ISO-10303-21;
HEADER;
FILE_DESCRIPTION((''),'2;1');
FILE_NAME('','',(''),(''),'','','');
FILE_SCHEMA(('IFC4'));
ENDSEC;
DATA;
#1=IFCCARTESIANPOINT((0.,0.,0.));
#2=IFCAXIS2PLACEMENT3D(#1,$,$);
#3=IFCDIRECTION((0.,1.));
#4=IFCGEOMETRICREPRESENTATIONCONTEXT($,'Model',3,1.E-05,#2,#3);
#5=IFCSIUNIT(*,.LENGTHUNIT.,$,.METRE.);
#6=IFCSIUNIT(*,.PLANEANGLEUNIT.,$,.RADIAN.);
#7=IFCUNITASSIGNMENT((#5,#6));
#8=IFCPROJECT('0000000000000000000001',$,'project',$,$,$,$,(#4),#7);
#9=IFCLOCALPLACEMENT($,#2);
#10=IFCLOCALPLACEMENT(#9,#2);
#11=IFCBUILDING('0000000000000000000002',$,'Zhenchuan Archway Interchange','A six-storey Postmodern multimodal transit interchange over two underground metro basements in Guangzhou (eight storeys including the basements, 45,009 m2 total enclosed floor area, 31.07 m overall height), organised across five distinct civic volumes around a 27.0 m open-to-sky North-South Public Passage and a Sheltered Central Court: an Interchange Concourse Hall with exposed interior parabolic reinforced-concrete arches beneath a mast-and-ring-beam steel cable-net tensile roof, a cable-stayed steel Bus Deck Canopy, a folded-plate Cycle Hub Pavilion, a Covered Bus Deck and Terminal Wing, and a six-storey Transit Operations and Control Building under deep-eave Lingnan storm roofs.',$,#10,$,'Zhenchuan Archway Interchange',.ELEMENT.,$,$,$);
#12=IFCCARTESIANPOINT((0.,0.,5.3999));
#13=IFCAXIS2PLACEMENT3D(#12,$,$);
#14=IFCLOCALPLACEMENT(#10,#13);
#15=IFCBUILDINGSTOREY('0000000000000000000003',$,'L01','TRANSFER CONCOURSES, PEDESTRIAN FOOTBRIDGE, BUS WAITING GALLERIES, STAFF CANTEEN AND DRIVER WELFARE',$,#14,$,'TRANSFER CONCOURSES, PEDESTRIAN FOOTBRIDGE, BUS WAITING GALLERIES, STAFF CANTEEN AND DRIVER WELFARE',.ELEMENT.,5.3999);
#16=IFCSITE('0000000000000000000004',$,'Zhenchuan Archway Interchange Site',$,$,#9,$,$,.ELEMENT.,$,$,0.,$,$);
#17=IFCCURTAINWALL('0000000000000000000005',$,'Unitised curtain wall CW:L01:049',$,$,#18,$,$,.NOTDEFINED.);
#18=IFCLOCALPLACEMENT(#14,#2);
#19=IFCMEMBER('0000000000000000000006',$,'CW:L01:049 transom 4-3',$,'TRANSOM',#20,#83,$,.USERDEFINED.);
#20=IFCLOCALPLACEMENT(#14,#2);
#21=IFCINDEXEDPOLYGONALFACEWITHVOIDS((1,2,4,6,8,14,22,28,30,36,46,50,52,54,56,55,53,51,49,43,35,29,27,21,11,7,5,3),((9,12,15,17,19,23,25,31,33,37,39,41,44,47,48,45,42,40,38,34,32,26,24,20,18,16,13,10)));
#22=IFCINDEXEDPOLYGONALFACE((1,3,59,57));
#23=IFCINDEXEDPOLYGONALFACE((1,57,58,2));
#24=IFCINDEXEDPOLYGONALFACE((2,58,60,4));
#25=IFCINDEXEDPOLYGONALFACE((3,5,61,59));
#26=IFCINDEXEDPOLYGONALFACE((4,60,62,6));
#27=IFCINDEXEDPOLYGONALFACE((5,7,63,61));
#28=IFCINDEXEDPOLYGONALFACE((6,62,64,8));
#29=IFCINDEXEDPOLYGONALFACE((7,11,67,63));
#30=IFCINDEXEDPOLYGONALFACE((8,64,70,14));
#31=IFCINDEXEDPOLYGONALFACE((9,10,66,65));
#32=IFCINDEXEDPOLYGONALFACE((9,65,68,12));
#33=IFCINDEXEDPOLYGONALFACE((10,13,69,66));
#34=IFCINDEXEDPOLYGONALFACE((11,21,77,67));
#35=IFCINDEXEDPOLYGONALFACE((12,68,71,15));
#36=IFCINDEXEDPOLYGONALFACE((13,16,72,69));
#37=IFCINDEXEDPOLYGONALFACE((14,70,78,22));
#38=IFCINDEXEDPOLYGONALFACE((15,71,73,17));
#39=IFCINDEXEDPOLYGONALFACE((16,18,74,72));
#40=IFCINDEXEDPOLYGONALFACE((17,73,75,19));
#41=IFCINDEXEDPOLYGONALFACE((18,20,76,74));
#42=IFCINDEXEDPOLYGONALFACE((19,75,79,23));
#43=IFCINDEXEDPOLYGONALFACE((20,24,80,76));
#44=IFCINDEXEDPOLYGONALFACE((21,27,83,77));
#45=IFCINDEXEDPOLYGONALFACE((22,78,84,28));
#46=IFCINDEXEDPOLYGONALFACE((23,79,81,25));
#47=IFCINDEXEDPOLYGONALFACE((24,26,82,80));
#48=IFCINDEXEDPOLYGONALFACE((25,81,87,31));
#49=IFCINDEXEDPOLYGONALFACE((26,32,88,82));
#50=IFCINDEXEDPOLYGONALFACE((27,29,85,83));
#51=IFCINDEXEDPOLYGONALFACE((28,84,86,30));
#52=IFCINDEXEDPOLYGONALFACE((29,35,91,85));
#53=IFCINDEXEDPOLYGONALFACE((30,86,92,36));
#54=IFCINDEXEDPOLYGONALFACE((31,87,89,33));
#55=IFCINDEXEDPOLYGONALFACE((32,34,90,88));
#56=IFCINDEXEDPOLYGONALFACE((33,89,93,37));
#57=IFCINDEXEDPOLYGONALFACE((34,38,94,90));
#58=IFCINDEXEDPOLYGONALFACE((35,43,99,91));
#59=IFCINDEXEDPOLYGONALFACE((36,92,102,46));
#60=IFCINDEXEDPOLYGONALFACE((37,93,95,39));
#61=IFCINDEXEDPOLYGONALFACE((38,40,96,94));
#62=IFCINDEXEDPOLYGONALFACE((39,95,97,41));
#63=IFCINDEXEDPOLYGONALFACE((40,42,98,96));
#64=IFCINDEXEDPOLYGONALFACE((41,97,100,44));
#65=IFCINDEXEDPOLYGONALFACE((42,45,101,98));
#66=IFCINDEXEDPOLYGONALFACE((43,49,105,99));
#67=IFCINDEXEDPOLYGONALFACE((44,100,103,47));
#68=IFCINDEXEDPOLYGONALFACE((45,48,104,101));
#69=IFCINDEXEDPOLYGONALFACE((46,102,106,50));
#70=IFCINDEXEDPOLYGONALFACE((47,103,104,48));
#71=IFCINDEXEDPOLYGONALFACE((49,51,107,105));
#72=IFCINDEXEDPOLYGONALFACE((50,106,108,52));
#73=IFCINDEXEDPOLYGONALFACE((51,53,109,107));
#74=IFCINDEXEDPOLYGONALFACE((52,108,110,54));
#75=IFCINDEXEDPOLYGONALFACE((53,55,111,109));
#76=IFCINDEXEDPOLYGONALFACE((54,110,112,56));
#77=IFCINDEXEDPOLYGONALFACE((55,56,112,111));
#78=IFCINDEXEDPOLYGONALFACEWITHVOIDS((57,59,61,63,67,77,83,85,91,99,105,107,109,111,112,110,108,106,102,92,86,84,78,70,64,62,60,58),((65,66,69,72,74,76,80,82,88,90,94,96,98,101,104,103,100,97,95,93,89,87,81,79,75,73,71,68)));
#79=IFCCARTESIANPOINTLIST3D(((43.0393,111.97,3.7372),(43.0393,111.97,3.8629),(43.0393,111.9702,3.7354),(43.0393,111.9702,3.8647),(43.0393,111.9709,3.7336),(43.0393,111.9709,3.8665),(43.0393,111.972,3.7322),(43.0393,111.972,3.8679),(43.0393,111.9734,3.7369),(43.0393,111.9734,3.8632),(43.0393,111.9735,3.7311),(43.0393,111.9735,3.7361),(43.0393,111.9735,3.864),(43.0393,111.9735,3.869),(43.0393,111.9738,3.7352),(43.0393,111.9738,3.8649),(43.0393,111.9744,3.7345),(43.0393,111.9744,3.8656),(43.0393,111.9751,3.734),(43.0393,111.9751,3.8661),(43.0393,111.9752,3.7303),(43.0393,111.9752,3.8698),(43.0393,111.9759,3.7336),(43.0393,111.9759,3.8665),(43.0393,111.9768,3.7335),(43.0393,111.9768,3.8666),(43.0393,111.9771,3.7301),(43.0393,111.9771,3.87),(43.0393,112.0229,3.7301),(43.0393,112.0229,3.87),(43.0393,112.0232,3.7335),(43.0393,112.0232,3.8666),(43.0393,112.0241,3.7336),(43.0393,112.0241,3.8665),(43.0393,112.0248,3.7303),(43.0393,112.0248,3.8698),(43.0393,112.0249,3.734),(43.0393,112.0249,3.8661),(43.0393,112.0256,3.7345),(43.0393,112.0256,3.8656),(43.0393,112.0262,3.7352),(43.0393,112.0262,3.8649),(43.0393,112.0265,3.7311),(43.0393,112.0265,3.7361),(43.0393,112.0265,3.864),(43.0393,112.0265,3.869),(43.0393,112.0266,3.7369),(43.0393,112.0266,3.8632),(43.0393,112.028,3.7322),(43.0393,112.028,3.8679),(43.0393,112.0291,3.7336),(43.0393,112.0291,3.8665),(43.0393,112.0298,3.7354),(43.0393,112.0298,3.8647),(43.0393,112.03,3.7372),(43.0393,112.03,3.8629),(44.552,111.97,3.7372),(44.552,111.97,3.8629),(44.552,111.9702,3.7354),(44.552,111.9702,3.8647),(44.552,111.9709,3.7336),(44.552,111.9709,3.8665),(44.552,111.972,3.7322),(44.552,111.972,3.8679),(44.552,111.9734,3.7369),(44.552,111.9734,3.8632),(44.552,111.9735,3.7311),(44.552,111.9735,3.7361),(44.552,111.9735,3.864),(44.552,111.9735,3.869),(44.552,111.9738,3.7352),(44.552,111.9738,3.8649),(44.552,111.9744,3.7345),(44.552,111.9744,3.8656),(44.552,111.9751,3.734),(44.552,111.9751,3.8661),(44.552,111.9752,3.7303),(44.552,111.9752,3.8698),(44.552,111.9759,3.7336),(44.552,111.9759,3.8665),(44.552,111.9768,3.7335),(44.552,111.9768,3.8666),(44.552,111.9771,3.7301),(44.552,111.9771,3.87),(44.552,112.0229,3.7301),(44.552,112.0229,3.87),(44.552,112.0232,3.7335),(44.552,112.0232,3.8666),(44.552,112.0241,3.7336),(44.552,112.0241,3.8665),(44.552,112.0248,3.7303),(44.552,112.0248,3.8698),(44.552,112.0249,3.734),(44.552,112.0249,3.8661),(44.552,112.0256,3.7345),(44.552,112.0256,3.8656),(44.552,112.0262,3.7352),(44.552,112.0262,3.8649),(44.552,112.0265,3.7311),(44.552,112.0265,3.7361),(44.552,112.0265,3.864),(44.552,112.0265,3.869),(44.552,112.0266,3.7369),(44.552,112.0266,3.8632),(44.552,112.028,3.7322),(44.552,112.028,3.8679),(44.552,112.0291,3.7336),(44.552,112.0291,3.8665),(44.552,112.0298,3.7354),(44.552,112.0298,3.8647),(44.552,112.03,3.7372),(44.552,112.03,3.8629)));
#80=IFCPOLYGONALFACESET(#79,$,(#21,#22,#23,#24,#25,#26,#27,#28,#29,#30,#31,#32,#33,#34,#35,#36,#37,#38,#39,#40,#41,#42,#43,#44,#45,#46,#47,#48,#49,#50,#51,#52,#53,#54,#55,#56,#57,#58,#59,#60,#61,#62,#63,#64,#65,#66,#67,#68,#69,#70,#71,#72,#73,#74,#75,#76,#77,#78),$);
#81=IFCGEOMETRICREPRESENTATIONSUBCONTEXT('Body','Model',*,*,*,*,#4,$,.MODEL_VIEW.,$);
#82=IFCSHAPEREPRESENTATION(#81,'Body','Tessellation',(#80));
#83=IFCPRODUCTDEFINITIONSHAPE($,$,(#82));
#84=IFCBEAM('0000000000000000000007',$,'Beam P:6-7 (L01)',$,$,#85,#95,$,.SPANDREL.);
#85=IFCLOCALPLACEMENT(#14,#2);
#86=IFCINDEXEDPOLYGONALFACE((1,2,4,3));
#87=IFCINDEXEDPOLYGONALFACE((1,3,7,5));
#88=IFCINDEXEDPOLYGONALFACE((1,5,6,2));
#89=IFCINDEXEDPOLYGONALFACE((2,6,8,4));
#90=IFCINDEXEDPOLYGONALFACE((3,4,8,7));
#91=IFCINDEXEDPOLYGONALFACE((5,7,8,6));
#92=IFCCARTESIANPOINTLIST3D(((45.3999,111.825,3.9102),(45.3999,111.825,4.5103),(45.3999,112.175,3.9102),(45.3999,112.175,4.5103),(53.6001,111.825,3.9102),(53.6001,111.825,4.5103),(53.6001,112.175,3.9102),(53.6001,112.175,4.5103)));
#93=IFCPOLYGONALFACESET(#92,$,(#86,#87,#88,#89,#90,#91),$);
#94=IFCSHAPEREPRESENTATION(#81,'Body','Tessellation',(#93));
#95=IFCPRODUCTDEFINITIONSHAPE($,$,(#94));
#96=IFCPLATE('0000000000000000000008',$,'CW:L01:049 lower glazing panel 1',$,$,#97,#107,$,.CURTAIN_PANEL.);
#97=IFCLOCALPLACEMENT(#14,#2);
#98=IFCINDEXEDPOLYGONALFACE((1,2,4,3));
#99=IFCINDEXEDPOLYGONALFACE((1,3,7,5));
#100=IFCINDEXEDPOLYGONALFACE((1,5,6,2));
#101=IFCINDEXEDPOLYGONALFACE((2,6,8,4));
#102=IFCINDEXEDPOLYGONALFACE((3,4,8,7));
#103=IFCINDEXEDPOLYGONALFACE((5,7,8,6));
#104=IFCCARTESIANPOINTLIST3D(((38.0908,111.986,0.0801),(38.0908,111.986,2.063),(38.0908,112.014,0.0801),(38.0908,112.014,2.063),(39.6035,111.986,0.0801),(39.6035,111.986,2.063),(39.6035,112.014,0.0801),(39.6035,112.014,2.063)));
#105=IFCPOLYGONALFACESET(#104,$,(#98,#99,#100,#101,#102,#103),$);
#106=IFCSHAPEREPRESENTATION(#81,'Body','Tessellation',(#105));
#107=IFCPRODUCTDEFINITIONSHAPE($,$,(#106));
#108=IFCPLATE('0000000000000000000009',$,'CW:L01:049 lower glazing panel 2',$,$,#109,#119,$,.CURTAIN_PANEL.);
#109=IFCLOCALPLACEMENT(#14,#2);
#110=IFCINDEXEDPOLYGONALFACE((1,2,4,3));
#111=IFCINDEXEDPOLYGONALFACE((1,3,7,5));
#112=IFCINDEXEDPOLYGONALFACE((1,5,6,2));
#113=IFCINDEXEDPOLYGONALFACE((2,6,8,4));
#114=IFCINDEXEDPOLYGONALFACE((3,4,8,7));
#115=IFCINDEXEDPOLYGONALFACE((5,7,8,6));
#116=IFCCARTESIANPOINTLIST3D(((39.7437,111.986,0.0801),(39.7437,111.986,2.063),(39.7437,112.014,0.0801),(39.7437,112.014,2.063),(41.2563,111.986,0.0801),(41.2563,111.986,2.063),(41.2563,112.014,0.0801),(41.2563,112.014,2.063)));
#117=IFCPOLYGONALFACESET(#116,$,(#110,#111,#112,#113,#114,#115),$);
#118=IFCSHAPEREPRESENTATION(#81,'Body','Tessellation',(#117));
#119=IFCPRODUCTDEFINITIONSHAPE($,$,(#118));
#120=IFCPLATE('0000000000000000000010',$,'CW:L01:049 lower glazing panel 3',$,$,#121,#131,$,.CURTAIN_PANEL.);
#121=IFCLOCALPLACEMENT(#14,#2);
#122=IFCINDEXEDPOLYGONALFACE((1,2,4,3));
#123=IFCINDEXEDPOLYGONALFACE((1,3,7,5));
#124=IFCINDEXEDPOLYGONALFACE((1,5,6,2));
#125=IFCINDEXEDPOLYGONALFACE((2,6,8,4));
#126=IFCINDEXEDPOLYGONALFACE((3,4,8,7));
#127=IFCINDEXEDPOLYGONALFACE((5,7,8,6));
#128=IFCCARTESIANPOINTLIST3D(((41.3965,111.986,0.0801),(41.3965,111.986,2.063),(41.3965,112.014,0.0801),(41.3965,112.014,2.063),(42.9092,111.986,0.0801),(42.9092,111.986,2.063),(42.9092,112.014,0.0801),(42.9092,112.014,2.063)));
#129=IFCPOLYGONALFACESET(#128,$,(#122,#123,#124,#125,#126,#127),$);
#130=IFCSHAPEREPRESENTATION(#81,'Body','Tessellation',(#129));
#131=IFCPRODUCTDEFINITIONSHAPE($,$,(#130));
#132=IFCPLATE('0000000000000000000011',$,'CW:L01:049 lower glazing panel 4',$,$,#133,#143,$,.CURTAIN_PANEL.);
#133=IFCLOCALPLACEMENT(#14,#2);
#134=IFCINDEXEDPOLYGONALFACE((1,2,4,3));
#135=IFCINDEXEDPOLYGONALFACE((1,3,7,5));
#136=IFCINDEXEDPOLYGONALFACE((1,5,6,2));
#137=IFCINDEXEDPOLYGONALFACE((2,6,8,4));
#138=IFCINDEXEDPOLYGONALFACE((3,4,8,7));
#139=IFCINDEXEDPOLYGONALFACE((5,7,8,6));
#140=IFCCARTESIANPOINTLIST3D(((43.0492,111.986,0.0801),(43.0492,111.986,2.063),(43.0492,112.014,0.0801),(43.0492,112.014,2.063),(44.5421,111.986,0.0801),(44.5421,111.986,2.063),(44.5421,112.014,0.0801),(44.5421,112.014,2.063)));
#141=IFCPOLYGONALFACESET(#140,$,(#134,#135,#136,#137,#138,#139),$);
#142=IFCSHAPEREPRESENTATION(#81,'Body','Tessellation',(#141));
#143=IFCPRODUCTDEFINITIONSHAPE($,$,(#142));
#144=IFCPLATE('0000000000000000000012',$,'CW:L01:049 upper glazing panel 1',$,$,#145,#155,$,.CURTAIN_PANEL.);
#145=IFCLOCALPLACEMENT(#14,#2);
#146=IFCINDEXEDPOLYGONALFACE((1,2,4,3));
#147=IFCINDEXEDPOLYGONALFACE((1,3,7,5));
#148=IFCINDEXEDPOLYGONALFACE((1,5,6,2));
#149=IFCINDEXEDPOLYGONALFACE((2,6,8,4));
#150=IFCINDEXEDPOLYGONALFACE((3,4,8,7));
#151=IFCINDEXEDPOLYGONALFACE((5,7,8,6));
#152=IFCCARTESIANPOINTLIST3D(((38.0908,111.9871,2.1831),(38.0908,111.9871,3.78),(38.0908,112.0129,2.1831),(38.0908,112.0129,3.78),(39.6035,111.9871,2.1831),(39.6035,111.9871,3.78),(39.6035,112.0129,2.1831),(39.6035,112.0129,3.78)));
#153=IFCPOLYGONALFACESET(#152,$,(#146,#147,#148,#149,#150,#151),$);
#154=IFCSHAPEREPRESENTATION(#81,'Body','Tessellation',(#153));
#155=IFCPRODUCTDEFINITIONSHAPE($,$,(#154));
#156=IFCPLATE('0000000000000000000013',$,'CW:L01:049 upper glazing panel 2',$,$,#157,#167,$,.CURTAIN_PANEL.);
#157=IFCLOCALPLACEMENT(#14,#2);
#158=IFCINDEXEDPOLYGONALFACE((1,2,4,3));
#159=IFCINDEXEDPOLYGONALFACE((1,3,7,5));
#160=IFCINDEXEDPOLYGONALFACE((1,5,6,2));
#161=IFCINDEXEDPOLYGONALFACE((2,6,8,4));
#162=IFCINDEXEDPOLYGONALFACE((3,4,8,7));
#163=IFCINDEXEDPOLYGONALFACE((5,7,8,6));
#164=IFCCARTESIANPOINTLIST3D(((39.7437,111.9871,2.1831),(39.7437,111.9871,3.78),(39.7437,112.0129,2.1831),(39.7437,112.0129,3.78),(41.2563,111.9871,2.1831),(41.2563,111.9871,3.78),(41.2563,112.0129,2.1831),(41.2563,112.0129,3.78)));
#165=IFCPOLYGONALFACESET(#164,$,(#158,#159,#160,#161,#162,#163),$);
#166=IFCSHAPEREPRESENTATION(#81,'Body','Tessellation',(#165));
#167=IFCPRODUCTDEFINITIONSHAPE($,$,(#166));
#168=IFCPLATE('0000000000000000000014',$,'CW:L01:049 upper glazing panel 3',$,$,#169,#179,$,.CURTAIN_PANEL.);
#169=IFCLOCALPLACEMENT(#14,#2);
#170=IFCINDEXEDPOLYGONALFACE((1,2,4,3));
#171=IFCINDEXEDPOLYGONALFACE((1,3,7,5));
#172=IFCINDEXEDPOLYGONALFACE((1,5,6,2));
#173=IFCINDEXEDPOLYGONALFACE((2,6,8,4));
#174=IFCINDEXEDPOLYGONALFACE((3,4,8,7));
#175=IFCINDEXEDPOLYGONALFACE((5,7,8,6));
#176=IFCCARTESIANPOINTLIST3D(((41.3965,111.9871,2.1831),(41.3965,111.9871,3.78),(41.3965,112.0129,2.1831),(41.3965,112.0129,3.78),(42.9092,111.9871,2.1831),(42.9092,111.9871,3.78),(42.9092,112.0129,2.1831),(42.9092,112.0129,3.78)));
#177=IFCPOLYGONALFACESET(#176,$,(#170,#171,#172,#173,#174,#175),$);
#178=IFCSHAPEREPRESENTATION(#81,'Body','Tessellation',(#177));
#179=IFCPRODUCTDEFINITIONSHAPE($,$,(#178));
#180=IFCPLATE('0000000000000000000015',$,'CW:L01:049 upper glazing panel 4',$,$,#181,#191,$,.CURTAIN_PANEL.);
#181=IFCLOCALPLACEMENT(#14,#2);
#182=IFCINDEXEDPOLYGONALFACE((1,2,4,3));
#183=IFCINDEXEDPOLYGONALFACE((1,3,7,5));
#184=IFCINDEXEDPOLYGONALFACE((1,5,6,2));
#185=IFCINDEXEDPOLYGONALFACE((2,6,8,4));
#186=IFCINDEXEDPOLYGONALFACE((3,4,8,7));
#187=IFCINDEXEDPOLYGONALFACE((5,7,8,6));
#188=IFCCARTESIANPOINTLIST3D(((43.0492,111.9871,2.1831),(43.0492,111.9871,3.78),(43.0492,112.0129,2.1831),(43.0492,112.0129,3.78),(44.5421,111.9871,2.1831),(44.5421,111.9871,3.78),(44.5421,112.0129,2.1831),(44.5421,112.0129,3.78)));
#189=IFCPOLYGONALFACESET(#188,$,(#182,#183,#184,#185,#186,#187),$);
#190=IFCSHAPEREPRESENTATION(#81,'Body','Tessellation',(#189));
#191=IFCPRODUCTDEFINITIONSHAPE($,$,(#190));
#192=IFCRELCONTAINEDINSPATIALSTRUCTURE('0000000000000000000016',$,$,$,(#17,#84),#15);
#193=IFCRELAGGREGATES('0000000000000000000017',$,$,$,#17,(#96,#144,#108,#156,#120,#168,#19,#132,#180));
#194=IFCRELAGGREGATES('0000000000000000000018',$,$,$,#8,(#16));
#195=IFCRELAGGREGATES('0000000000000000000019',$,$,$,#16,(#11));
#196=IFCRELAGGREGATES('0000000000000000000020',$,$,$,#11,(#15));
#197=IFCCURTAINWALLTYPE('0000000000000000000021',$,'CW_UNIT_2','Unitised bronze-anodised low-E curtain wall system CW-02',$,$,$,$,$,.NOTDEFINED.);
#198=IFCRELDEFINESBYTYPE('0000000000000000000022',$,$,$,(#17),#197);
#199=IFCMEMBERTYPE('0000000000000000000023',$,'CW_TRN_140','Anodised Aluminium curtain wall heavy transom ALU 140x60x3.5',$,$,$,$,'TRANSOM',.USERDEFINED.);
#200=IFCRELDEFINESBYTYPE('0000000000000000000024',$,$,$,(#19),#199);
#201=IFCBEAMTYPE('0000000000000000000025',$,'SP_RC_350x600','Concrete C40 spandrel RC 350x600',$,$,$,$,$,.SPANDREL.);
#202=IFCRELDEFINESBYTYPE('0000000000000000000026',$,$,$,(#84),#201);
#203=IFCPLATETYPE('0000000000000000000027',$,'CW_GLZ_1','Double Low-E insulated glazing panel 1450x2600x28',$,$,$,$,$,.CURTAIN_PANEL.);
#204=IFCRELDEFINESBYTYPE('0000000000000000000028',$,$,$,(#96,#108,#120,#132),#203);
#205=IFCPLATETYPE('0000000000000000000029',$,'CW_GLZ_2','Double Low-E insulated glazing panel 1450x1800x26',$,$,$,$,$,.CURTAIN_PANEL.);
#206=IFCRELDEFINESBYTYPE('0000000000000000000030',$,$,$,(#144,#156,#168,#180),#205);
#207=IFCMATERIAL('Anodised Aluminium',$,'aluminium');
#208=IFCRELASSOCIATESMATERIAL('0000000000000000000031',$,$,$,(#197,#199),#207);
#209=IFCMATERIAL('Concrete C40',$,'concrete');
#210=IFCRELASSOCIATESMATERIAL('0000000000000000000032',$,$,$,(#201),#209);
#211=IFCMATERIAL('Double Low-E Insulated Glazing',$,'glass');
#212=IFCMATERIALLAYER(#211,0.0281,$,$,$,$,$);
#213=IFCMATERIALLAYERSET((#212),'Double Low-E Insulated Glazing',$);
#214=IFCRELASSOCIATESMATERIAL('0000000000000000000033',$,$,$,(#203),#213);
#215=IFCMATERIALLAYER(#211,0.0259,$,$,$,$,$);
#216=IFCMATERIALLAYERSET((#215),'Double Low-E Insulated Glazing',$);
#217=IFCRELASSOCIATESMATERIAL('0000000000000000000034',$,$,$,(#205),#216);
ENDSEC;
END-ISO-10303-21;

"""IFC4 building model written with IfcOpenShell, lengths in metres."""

from ifc_helpers import new_model, si_unit, direction, frame, origin, origin_2d, place, context, subcontext, project, spatial, rectangle, hollow_rectangle, extrude, material, layer, layer_set, material_profile, profile_set, type_object, element, aggregate, save


model = new_model("IFC4")

# Units and contexts
model_context = context("Model", 3, precision=1e-05, world=origin(), true_north=direction((0.0, 1.0)))
body_context = subcontext(model_context, "Body", "Model", "MODEL_VIEW")
ifc_project = project(units=[si_unit("LENGTHUNIT", "METRE"), si_unit("PLANEANGLEUNIT", "RADIAN")], contexts=[model_context])

# Site, building, storey
site_placement = place(None, origin())
site = spatial("IfcSite", under=ifc_project, at=site_placement, Name="Zhenchuan Archway Interchange Site", CompositionType="ELEMENT", RefElevation=0.0)
building_placement = place(site_placement, origin())
building = spatial("IfcBuilding", under=site, at=building_placement, Name="Zhenchuan Archway Interchange", Description="A six-storey Postmodern multimodal transit interchange over two underground metro basements in Guangzhou (eight storeys including the basements, 45,009 m2 total enclosed floor area, 31.07 m overall height), organised across five distinct civic volumes around a 27.0 m open-to-sky North-South Public Passage and a Sheltered Central Court: an Interchange Concourse Hall with exposed interior parabolic reinforced-concrete arches beneath a mast-and-ring-beam steel cable-net tensile roof, a cable-stayed steel Bus Deck Canopy, a folded-plate Cycle Hub Pavilion, a Covered Bus Deck and Terminal Wing, and a six-storey Transit Operations and Control Building under deep-eave Lingnan storm roofs.", LongName="Zhenchuan Archway Interchange", CompositionType="ELEMENT")
storey_placement = place(building_placement, frame((0.0, 0.0, 5.3999)))
storey = spatial("IfcBuildingStorey", under=building, at=storey_placement, Name="L01", Description="TRANSFER CONCOURSES, PEDESTRIAN FOOTBRIDGE, BUS WAITING GALLERIES, STAFF CANTEEN AND DRIVER WELFARE", LongName="TRANSFER CONCOURSES, PEDESTRIAN FOOTBRIDGE, BUS WAITING GALLERIES, STAFF CANTEEN AND DRIVER WELFARE", CompositionType="ELEMENT", Elevation=5.3999)

# Shared definitions
ifc_material_1 = material(Name="Concrete C40", Category="concrete")

# Curtain wall, member
ifc_material_2 = material(Name="Anodised Aluminium", Category="aluminium")
curtain_wall_type_1 = type_object("IfcCurtainWallType", Name="CW_UNIT_2", Description="Unitised bronze-anodised low-E curtain wall system CW-02", PredefinedType="NOTDEFINED", material=ifc_material_2)
curtain_wall_1_placement = place(storey_placement, origin())
curtain_wall_1 = element("IfcCurtainWall", 1, at=curtain_wall_1_placement, inside=storey, type_object=curtain_wall_type_1, Name="Unitised curtain wall CW:L01:049", PredefinedType="NOTDEFINED")
ifc_material_profile_1 = material_profile(ifc_material_2, hollow_rectangle(XDim=0.0601, YDim=0.1399, WallThickness=0.0034, InnerFilletRadius=0.0034, OuterFilletRadius=0.0071, at=origin_2d()), Name="ALU 140x60x3.5")
ifc_profile_set_1 = profile_set([ifc_material_profile_1], Name="Anodised Aluminium")
member_type_1 = type_object("IfcMemberType", Name="CW_TRN_140", Description="Anodised Aluminium curtain wall heavy transom ALU 140x60x3.5", ElementType="TRANSOM", PredefinedType="USERDEFINED", material=ifc_profile_set_1)
member_1_placement = place(storey_placement, frame((43.0393, 112.0, 3.8), z_axis=(1.0, 0.0, 0.0), x_axis=(0.0, 1.0, 0.0)))
member_1 = element("IfcMember", 2, at=member_1_placement, type_object=member_type_1, Name="CW:L01:049 transom 4-3", ObjectType="TRANSOM", PredefinedType="USERDEFINED", context=body_context, shape_type="SweptSolid", body=[
    extrude(hollow_rectangle(XDim=0.0601, YDim=0.1399, WallThickness=0.0034, InnerFilletRadius=0.0034, OuterFilletRadius=0.0071, at=origin_2d()), origin(), (0.0, 0.0, 1.0), 1.5127),
])

# Beam
ifc_material_profile_2 = material_profile(ifc_material_1, rectangle(XDim=0.3501, YDim=0.6001, at=origin_2d()), Name="RC 350x600")
ifc_profile_set_2 = profile_set([ifc_material_profile_2], Name="Concrete C40")
beam_type = type_object("IfcBeamType", Name="SP_RC_350x600", Description="Concrete C40 spandrel RC 350x600", PredefinedType="SPANDREL", material=ifc_profile_set_2)
beam_placement = place(storey_placement, frame((45.3999, 112.0, 4.2102), z_axis=(1.0, 0.0, 0.0), x_axis=(0.0, 1.0, 0.0)))
element("IfcBeam", 3, at=beam_placement, inside=storey, type_object=beam_type, Name="Beam P:6-7 (L01)", PredefinedType="SPANDREL", context=body_context, shape_type="SweptSolid", body=[
    extrude(rectangle(XDim=0.3501, YDim=0.6001, at=origin_2d()), origin(), (0.0, 0.0, 1.0), 8.2002),
])

# Plates
ifc_material_3 = material(Name="Double Low-E Insulated Glazing", Category="glass")
ifc_layer_1 = layer(ifc_material_3, 0.0281)
ifc_layer_set_1 = layer_set([ifc_layer_1], Name="Double Low-E Insulated Glazing")
plate_type_1 = type_object("IfcPlateType", Name="CW_GLZ_1", Description="Double Low-E insulated glazing panel 1450x2600x28", PredefinedType="CURTAIN_PANEL", material=ifc_layer_set_1)
plate_1_placement = place(storey_placement, frame((38.8472, 112.0, 0.0801), z_axis=(0.0, 0.0, 1.0), x_axis=(1.0, 0.0, 0.0)))
plate_1 = element("IfcPlate", 4, at=plate_1_placement, type_object=plate_type_1, Name="CW:L01:049 lower glazing panel 1", PredefinedType="CURTAIN_PANEL", context=body_context, shape_type="SweptSolid", body=[
    extrude(rectangle(XDim=1.5127, YDim=0.0281, at=origin_2d()), origin(), (0.0, 0.0, 1.0), 1.9829),
])
plate_2_placement = place(storey_placement, frame((40.5, 112.0, 0.0801), z_axis=(0.0, 0.0, 1.0), x_axis=(1.0, 0.0, 0.0)))
plate_2 = element("IfcPlate", 5, at=plate_2_placement, type_object=plate_type_1, Name="CW:L01:049 lower glazing panel 2", PredefinedType="CURTAIN_PANEL", context=body_context, shape_type="SweptSolid", body=[
    extrude(rectangle(XDim=1.5127, YDim=0.0281, at=origin_2d()), origin(), (0.0, 0.0, 1.0), 1.9829),
])
plate_3_placement = place(storey_placement, frame((42.1528, 112.0, 0.0801), z_axis=(0.0, 0.0, 1.0), x_axis=(1.0, 0.0, 0.0)))
plate_3 = element("IfcPlate", 6, at=plate_3_placement, type_object=plate_type_1, Name="CW:L01:049 lower glazing panel 3", PredefinedType="CURTAIN_PANEL", context=body_context, shape_type="SweptSolid", body=[
    extrude(rectangle(XDim=1.5127, YDim=0.0281, at=origin_2d()), origin(), (0.0, 0.0, 1.0), 1.9829),
])
plate_4_placement = place(storey_placement, frame((43.7957, 112.0, 0.0801), z_axis=(0.0, 0.0, 1.0), x_axis=(1.0, 0.0, 0.0)))
plate_4 = element("IfcPlate", 7, at=plate_4_placement, type_object=plate_type_1, Name="CW:L01:049 lower glazing panel 4", PredefinedType="CURTAIN_PANEL", context=body_context, shape_type="SweptSolid", body=[
    extrude(rectangle(XDim=1.4929, YDim=0.0281, at=origin_2d()), origin(), (0.0, 0.0, 1.0), 1.9829),
])
ifc_layer_2 = layer(ifc_material_3, 0.0259)
ifc_layer_set_2 = layer_set([ifc_layer_2], Name="Double Low-E Insulated Glazing")
plate_type_2 = type_object("IfcPlateType", Name="CW_GLZ_2", Description="Double Low-E insulated glazing panel 1450x1800x26", PredefinedType="CURTAIN_PANEL", material=ifc_layer_set_2)
plate_5_placement = place(storey_placement, frame((38.8472, 112.0, 2.1831), z_axis=(0.0, 0.0, 1.0), x_axis=(1.0, 0.0, 0.0)))
plate_5 = element("IfcPlate", 8, at=plate_5_placement, type_object=plate_type_2, Name="CW:L01:049 upper glazing panel 1", PredefinedType="CURTAIN_PANEL", context=body_context, shape_type="SweptSolid", body=[
    extrude(rectangle(XDim=1.5127, YDim=0.0259, at=origin_2d()), origin(), (0.0, 0.0, 1.0), 1.5969),
])
plate_6_placement = place(storey_placement, frame((40.5, 112.0, 2.1831), z_axis=(0.0, 0.0, 1.0), x_axis=(1.0, 0.0, 0.0)))
plate_6 = element("IfcPlate", 9, at=plate_6_placement, type_object=plate_type_2, Name="CW:L01:049 upper glazing panel 2", PredefinedType="CURTAIN_PANEL", context=body_context, shape_type="SweptSolid", body=[
    extrude(rectangle(XDim=1.5127, YDim=0.0259, at=origin_2d()), origin(), (0.0, 0.0, 1.0), 1.5969),
])
plate_7_placement = place(storey_placement, frame((42.1528, 112.0, 2.1831), z_axis=(0.0, 0.0, 1.0), x_axis=(1.0, 0.0, 0.0)))
plate_7 = element("IfcPlate", 10, at=plate_7_placement, type_object=plate_type_2, Name="CW:L01:049 upper glazing panel 3", PredefinedType="CURTAIN_PANEL", context=body_context, shape_type="SweptSolid", body=[
    extrude(rectangle(XDim=1.5127, YDim=0.0259, at=origin_2d()), origin(), (0.0, 0.0, 1.0), 1.5969),
])
plate_8_placement = place(storey_placement, frame((43.7957, 112.0, 2.1831), z_axis=(0.0, 0.0, 1.0), x_axis=(1.0, 0.0, 0.0)))
plate_8 = element("IfcPlate", 11, at=plate_8_placement, type_object=plate_type_2, Name="CW:L01:049 upper glazing panel 4", PredefinedType="CURTAIN_PANEL", context=body_context, shape_type="SweptSolid", body=[
    extrude(rectangle(XDim=1.4929, YDim=0.0259, at=origin_2d()), origin(), (0.0, 0.0, 1.0), 1.5969),
])
aggregate(curtain_wall_1, [plate_1, plate_5, plate_2, plate_6, plate_3, plate_7, member_1, plate_4, plate_8])

save(model, "model.ifc")
